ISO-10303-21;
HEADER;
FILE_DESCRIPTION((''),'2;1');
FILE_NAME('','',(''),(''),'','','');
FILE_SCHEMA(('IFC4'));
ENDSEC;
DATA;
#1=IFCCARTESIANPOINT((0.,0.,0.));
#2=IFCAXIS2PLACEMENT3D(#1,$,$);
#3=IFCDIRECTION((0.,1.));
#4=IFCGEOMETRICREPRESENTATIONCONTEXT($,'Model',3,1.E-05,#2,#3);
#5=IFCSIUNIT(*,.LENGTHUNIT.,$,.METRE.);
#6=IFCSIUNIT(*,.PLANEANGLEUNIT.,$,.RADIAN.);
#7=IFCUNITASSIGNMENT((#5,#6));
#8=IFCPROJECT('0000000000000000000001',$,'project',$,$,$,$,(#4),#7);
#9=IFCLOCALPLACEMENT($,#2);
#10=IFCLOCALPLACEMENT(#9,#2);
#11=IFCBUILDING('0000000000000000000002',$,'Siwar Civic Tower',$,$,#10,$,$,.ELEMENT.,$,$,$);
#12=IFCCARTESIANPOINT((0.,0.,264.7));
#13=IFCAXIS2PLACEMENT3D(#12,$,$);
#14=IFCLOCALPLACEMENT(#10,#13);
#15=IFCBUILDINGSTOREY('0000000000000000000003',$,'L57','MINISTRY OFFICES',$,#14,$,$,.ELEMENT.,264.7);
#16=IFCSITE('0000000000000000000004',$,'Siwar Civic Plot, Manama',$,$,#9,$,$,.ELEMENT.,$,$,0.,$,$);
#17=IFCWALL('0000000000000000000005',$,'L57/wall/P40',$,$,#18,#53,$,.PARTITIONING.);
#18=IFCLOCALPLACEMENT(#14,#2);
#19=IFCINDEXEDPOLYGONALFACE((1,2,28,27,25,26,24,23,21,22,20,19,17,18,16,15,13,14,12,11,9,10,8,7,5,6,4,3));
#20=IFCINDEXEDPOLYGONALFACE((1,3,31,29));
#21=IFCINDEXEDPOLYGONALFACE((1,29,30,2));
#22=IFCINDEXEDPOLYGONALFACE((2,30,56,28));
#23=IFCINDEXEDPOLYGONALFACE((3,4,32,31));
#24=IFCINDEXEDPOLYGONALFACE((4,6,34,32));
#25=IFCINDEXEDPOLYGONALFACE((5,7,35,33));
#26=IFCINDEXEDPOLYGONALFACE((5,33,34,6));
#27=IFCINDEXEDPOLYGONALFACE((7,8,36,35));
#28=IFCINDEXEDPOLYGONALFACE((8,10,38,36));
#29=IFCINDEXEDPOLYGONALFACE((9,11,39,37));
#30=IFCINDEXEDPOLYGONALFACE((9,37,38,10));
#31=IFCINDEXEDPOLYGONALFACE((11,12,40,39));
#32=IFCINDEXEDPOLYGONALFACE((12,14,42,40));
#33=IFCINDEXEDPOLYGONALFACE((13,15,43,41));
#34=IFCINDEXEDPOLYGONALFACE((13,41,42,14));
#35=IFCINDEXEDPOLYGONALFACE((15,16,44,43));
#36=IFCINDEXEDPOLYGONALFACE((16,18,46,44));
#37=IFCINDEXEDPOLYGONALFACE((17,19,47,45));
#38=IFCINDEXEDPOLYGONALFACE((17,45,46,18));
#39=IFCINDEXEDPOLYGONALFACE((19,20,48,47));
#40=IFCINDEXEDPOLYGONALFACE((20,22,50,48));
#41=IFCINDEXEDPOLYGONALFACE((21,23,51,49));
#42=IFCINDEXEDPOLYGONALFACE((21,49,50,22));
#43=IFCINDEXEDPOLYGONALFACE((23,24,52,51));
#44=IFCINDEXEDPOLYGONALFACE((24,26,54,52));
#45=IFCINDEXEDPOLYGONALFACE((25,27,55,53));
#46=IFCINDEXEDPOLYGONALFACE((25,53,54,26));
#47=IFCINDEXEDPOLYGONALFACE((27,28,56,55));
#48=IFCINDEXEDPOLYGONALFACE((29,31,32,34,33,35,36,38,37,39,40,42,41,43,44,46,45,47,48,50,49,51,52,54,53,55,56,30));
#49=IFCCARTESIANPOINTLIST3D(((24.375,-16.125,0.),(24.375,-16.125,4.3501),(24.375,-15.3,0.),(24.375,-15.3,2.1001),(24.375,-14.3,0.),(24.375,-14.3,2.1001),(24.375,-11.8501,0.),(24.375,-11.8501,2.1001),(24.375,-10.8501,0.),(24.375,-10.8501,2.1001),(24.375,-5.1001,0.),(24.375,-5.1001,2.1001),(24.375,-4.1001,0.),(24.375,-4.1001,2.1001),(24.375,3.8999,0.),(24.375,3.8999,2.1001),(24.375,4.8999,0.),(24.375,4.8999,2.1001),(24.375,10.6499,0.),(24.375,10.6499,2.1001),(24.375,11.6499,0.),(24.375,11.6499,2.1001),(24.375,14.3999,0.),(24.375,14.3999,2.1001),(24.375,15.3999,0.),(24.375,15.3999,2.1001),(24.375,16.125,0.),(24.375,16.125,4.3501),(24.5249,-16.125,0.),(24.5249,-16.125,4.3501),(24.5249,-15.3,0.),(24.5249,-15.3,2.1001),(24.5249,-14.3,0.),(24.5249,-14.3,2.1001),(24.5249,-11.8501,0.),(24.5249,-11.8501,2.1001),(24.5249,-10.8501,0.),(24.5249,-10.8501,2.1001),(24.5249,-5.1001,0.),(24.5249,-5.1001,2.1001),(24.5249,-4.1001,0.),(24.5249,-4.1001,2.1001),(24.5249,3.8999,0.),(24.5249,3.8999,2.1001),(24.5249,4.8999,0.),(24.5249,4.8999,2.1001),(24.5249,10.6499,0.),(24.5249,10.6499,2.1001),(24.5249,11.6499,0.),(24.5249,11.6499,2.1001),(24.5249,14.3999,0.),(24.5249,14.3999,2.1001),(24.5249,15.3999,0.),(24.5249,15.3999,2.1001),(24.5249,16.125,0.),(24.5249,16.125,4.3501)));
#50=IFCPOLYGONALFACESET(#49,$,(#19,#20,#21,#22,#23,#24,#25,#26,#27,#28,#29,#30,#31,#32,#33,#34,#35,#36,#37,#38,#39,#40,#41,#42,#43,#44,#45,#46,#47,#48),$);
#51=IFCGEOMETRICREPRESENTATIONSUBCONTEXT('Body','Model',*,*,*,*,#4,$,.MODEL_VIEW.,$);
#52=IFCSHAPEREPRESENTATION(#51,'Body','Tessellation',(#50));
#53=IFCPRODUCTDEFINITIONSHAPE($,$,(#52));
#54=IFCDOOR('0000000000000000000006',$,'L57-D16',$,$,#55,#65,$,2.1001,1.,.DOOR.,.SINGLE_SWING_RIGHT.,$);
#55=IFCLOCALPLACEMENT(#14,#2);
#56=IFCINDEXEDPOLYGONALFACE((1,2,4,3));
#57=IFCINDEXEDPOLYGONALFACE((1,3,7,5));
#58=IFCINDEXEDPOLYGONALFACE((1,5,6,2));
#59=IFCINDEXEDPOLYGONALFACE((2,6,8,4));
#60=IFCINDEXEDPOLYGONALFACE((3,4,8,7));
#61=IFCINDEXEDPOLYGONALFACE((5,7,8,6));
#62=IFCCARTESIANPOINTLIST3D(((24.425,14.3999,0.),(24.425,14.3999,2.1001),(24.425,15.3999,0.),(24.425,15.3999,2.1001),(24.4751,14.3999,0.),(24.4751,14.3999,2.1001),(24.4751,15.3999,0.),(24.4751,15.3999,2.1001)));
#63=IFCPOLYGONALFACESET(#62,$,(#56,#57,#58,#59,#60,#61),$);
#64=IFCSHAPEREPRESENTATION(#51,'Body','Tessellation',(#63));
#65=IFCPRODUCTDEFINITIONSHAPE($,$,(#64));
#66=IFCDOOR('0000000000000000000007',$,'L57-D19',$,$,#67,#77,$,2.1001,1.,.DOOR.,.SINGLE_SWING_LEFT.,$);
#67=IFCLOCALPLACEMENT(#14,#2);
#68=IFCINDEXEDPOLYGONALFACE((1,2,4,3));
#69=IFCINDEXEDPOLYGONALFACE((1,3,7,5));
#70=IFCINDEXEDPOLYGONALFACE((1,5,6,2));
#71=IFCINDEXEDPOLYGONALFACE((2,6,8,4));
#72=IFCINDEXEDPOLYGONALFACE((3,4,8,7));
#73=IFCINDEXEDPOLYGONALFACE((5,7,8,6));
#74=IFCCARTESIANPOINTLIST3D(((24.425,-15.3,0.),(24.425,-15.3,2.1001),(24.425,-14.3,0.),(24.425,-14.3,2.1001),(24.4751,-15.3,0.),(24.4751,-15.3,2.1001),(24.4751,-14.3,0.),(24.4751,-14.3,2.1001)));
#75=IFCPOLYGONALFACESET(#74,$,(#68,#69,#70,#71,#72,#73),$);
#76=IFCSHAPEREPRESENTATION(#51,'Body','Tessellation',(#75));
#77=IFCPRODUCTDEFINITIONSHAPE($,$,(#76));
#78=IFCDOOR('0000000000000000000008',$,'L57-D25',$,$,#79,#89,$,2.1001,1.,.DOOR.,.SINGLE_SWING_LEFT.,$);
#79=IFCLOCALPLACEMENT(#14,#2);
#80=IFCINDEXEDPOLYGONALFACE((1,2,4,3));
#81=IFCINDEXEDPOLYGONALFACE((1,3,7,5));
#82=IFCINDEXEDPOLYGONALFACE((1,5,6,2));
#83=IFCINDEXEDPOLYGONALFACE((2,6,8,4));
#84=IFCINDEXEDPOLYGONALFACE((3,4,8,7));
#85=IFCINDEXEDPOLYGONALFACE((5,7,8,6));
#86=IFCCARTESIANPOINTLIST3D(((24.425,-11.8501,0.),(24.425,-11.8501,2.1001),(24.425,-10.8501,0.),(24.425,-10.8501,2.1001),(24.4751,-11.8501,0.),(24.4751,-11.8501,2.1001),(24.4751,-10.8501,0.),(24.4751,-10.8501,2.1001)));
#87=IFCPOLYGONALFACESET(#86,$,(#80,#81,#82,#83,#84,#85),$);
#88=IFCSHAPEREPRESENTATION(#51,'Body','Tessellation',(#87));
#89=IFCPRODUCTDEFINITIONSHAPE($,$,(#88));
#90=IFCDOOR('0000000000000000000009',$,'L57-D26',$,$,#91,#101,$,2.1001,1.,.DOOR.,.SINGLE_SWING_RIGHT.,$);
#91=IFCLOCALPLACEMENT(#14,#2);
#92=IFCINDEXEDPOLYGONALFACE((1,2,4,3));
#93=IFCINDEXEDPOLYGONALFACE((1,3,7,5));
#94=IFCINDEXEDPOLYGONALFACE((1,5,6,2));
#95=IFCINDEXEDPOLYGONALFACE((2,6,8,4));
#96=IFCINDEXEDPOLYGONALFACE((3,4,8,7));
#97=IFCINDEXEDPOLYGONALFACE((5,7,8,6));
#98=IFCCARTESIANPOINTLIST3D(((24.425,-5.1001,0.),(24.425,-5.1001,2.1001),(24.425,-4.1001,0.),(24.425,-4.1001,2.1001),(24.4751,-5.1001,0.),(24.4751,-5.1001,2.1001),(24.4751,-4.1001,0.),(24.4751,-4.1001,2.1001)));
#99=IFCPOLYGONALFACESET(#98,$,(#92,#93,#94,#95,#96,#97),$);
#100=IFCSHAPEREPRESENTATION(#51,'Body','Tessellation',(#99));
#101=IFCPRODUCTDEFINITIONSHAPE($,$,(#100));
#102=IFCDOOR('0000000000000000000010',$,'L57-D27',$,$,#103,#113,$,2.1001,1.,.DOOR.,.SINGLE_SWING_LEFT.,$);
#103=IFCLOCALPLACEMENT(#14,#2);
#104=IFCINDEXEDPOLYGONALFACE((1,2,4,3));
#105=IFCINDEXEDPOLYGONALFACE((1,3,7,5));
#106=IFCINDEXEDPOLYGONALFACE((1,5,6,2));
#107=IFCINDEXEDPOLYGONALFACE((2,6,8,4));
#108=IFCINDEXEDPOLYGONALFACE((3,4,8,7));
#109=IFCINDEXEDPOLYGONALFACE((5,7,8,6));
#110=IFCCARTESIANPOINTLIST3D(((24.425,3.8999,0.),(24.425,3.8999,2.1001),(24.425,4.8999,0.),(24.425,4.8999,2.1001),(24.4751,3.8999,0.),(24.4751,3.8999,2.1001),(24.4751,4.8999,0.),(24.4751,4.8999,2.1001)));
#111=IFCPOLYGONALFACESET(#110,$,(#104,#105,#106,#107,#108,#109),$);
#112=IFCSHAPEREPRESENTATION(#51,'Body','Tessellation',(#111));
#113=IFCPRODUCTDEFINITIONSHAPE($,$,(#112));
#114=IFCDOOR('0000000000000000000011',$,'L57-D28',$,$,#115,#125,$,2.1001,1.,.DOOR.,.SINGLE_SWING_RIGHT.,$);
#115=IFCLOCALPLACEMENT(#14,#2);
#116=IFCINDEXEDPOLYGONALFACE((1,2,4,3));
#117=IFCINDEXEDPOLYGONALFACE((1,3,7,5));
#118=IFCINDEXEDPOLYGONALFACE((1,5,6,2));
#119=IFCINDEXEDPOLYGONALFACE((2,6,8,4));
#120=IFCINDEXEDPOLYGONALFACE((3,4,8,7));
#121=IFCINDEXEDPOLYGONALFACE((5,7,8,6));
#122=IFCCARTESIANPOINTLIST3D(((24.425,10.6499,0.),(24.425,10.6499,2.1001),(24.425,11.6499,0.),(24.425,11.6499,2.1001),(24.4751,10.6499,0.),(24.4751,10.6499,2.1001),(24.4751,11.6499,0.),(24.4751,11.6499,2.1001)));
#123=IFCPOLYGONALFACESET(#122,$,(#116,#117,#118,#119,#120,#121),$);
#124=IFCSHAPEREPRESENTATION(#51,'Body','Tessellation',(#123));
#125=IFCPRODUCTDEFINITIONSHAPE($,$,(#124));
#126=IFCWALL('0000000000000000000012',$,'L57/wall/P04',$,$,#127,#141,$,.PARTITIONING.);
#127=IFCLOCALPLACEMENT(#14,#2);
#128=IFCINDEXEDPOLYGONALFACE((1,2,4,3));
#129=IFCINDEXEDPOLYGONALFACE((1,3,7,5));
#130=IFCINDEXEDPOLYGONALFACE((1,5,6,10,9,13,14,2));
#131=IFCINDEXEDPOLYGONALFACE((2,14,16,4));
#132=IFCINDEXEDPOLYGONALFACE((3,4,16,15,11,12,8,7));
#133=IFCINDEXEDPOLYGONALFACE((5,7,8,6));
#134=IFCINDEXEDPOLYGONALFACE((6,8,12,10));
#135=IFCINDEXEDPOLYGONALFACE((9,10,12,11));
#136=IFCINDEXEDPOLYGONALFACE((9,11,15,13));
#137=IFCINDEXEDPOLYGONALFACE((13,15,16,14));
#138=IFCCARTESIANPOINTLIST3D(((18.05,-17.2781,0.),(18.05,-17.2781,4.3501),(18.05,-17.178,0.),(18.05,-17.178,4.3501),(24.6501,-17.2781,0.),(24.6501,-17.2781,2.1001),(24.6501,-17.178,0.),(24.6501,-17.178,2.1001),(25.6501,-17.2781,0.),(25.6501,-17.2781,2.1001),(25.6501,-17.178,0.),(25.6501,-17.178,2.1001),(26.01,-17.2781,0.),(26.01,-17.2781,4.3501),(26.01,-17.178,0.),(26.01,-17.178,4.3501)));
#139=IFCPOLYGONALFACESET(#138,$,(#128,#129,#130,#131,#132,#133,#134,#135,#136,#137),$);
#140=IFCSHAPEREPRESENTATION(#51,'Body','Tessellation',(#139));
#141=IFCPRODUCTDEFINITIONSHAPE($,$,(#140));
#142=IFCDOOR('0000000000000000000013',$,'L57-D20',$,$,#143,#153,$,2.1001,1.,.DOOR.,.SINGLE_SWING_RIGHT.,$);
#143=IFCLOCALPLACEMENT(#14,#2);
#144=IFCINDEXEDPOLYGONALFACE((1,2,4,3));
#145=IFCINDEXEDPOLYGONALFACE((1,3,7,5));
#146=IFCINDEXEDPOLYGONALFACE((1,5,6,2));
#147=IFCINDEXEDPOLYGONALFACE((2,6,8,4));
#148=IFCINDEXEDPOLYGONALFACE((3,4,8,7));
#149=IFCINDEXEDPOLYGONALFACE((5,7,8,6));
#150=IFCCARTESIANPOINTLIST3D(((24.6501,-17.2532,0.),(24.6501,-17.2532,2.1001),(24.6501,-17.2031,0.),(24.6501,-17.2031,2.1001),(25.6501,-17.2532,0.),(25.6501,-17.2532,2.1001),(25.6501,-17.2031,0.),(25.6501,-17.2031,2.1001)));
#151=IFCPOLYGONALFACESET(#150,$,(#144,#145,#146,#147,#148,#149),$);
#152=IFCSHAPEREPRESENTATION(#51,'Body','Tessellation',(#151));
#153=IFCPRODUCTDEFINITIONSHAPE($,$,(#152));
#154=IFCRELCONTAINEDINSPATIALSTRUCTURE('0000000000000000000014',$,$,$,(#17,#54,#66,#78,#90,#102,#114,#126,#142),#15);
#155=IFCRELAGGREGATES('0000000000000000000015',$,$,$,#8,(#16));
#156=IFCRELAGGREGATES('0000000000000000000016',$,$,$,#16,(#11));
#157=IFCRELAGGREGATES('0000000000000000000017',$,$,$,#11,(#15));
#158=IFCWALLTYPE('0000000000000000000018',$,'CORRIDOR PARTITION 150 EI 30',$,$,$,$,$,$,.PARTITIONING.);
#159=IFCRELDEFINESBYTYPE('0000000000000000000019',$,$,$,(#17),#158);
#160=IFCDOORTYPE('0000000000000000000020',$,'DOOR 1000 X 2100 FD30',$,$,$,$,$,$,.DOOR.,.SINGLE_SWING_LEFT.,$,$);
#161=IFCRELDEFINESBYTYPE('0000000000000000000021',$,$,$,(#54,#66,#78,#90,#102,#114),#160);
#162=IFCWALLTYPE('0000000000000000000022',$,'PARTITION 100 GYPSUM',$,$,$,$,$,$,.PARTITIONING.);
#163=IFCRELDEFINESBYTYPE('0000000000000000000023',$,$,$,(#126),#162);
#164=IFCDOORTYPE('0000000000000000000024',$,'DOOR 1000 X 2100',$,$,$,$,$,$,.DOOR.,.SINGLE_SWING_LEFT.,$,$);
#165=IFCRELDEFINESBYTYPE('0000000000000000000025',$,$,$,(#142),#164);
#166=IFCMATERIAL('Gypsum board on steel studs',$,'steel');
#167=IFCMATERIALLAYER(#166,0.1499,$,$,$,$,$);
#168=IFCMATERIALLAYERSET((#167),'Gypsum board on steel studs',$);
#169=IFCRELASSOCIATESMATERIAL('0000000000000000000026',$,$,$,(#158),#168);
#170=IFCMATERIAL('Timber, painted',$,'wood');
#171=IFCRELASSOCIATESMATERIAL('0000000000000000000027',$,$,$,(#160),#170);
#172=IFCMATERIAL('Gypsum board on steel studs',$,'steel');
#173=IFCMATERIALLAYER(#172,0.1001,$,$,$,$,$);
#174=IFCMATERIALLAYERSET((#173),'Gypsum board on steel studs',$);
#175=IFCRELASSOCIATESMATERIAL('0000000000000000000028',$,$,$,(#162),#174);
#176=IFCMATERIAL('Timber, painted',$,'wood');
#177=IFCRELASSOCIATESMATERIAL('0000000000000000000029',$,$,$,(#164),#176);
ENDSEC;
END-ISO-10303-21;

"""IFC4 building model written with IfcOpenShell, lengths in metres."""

from ifc_helpers import new_model, si_unit, direction, frame, frame_2d, origin, place, context, subcontext, project, spatial, rectangle, extrude, material, layer, layer_set, type_object, element, fill, save


model = new_model("IFC4")

# Units and contexts
model_context = context("Model", 3, precision=1e-05, world=origin(), true_north=direction((0.0, 1.0)))
body_context = subcontext(model_context, "Body", "Model", "MODEL_VIEW")
ifc_project = project(units=[si_unit("LENGTHUNIT", "METRE"), si_unit("PLANEANGLEUNIT", "RADIAN")], contexts=[model_context])

# Site, building, storey
site_placement = place(None, origin())
site = spatial("IfcSite", under=ifc_project, at=site_placement, Name="Siwar Civic Plot, Manama", CompositionType="ELEMENT", RefElevation=0.0)
building_placement = place(site_placement, origin())
building = spatial("IfcBuilding", under=site, at=building_placement, Name="Siwar Civic Tower", CompositionType="ELEMENT")
storey_placement = place(building_placement, frame((0.0, 0.0, 264.7)))
storey = spatial("IfcBuildingStorey", under=building, at=storey_placement, Name="L57", Description="MINISTRY OFFICES", CompositionType="ELEMENT", Elevation=264.7)

# Wall, openings, doors
ifc_material_1 = material(Name="Gypsum board on steel studs", Category="steel")
ifc_layer_1 = layer(ifc_material_1, 0.1499)
ifc_layer_set_1 = layer_set([ifc_layer_1], Name="Gypsum board on steel studs")
wall_type_1 = type_object("IfcWallType", Name="CORRIDOR PARTITION 150 EI 30", PredefinedType="PARTITIONING", material=ifc_layer_set_1)
wall_1_placement = place(storey_placement, frame((24.45, -16.125, 0.0), z_axis=(0.0, 0.0, 1.0), x_axis=(0.0, 1.0, 0.0)))
wall_1 = element("IfcWall", 1, at=wall_1_placement, inside=storey, type_object=wall_type_1, Name="L57/wall/P40", PredefinedType="PARTITIONING", context=body_context, shape_type="SweptSolid", body=[
    extrude(rectangle(XDim=32.25, YDim=0.1499, at=frame_2d((16.125, 0.0))), origin(), (0.0, 0.0, 1.0), 4.3501),
])
opening_1_placement = place(wall_1_placement, frame((30.5249, 0.0, 0.0)))
opening_1 = element("IfcOpeningElement", 2, at=opening_1_placement, cuts=wall_1, PredefinedType="OPENING", context=body_context, shape_type="SweptSolid", body=[
    extrude(rectangle(XDim=1.0, YDim=2.1001, at=frame_2d((0.5, 1.05))), frame((0.0, 0.085, 0.0), z_axis=(0.0, -1.0, 0.0), x_axis=(1.0, 0.0, 0.0)), (0.0, 0.0, 1.0), 0.1699),
])
opening_2_placement = place(wall_1_placement, frame((0.825, 0.0, 0.0)))
opening_2 = element("IfcOpeningElement", 3, at=opening_2_placement, cuts=wall_1, PredefinedType="OPENING", context=body_context, shape_type="SweptSolid", body=[
    extrude(rectangle(XDim=1.0, YDim=2.1001, at=frame_2d((0.5, 1.05))), frame((0.0, 0.085, 0.0), z_axis=(0.0, -1.0, 0.0), x_axis=(1.0, 0.0, 0.0)), (0.0, 0.0, 1.0), 0.1699),
])
opening_3_placement = place(wall_1_placement, frame((4.2749, 0.0, 0.0)))
opening_3 = element("IfcOpeningElement", 4, at=opening_3_placement, cuts=wall_1, PredefinedType="OPENING", context=body_context, shape_type="SweptSolid", body=[
    extrude(rectangle(XDim=1.0, YDim=2.1001, at=frame_2d((0.5, 1.05))), frame((0.0, 0.085, 0.0), z_axis=(0.0, -1.0, 0.0), x_axis=(1.0, 0.0, 0.0)), (0.0, 0.0, 1.0), 0.1699),
])
opening_4_placement = place(wall_1_placement, frame((11.0249, 0.0, 0.0)))
opening_4 = element("IfcOpeningElement", 5, at=opening_4_placement, cuts=wall_1, PredefinedType="OPENING", context=body_context, shape_type="SweptSolid", body=[
    extrude(rectangle(XDim=1.0, YDim=2.1001, at=frame_2d((0.5, 1.05))), frame((0.0, 0.085, 0.0), z_axis=(0.0, -1.0, 0.0), x_axis=(1.0, 0.0, 0.0)), (0.0, 0.0, 1.0), 0.1699),
])
opening_5_placement = place(wall_1_placement, frame((20.0249, 0.0, 0.0)))
opening_5 = element("IfcOpeningElement", 6, at=opening_5_placement, cuts=wall_1, PredefinedType="OPENING", context=body_context, shape_type="SweptSolid", body=[
    extrude(rectangle(XDim=1.0, YDim=2.1001, at=frame_2d((0.5, 1.05))), frame((0.0, 0.085, 0.0), z_axis=(0.0, -1.0, 0.0), x_axis=(1.0, 0.0, 0.0)), (0.0, 0.0, 1.0), 0.1699),
])
opening_6_placement = place(wall_1_placement, frame((26.7749, 0.0, 0.0)))
opening_6 = element("IfcOpeningElement", 7, at=opening_6_placement, cuts=wall_1, PredefinedType="OPENING", context=body_context, shape_type="SweptSolid", body=[
    extrude(rectangle(XDim=1.0, YDim=2.1001, at=frame_2d((0.5, 1.05))), frame((0.0, 0.085, 0.0), z_axis=(0.0, -1.0, 0.0), x_axis=(1.0, 0.0, 0.0)), (0.0, 0.0, 1.0), 0.1699),
])
ifc_material_2 = material(Name="Timber, painted", Category="wood")
door_type_1 = type_object("IfcDoorType", Name="DOOR 1000 X 2100 FD30", OperationType="SINGLE_SWING_LEFT", PredefinedType="DOOR", material=ifc_material_2)
door_1_placement = place(opening_1_placement, origin())
door_1 = element("IfcDoor", 8, at=door_1_placement, inside=storey, type_object=door_type_1, Name="L57-D16", OperationType="SINGLE_SWING_RIGHT", OverallHeight=2.1001, OverallWidth=1.0, PredefinedType="DOOR", context=body_context, shape_type="SweptSolid", body=[
    extrude(rectangle(XDim=1.0, YDim=2.1001, at=frame_2d((0.5, 1.05))), frame((0.0, 0.0249, 0.0), z_axis=(0.0, -1.0, 0.0), x_axis=(1.0, 0.0, 0.0)), (0.0, 0.0, 1.0), 0.05),
])
fill(opening_1, door_1)
door_2_placement = place(opening_2_placement, origin())
door_2 = element("IfcDoor", 9, at=door_2_placement, inside=storey, type_object=door_type_1, Name="L57-D19", OperationType="SINGLE_SWING_LEFT", OverallHeight=2.1001, OverallWidth=1.0, PredefinedType="DOOR", context=body_context, shape_type="SweptSolid", body=[
    extrude(rectangle(XDim=1.0, YDim=2.1001, at=frame_2d((0.5, 1.05))), frame((0.0, 0.0249, 0.0), z_axis=(0.0, -1.0, 0.0), x_axis=(1.0, 0.0, 0.0)), (0.0, 0.0, 1.0), 0.05),
])
fill(opening_2, door_2)
door_3_placement = place(opening_3_placement, origin())
door_3 = element("IfcDoor", 10, at=door_3_placement, inside=storey, type_object=door_type_1, Name="L57-D25", OperationType="SINGLE_SWING_LEFT", OverallHeight=2.1001, OverallWidth=1.0, PredefinedType="DOOR", context=body_context, shape_type="SweptSolid", body=[
    extrude(rectangle(XDim=1.0, YDim=2.1001, at=frame_2d((0.5, 1.05))), frame((0.0, 0.0249, 0.0), z_axis=(0.0, -1.0, 0.0), x_axis=(1.0, 0.0, 0.0)), (0.0, 0.0, 1.0), 0.05),
])
fill(opening_3, door_3)
door_4_placement = place(opening_4_placement, origin())
door_4 = element("IfcDoor", 11, at=door_4_placement, inside=storey, type_object=door_type_1, Name="L57-D26", OperationType="SINGLE_SWING_RIGHT", OverallHeight=2.1001, OverallWidth=1.0, PredefinedType="DOOR", context=body_context, shape_type="SweptSolid", body=[
    extrude(rectangle(XDim=1.0, YDim=2.1001, at=frame_2d((0.5, 1.05))), frame((0.0, 0.0249, 0.0), z_axis=(0.0, -1.0, 0.0), x_axis=(1.0, 0.0, 0.0)), (0.0, 0.0, 1.0), 0.05),
])
fill(opening_4, door_4)
door_5_placement = place(opening_5_placement, origin())
door_5 = element("IfcDoor", 12, at=door_5_placement, inside=storey, type_object=door_type_1, Name="L57-D27", OperationType="SINGLE_SWING_LEFT", OverallHeight=2.1001, OverallWidth=1.0, PredefinedType="DOOR", context=body_context, shape_type="SweptSolid", body=[
    extrude(rectangle(XDim=1.0, YDim=2.1001, at=frame_2d((0.5, 1.05))), frame((0.0, 0.0249, 0.0), z_axis=(0.0, -1.0, 0.0), x_axis=(1.0, 0.0, 0.0)), (0.0, 0.0, 1.0), 0.05),
])
fill(opening_5, door_5)
door_6_placement = place(opening_6_placement, origin())
door_6 = element("IfcDoor", 13, at=door_6_placement, inside=storey, type_object=door_type_1, Name="L57-D28", OperationType="SINGLE_SWING_RIGHT", OverallHeight=2.1001, OverallWidth=1.0, PredefinedType="DOOR", context=body_context, shape_type="SweptSolid", body=[
    extrude(rectangle(XDim=1.0, YDim=2.1001, at=frame_2d((0.5, 1.05))), frame((0.0, 0.0249, 0.0), z_axis=(0.0, -1.0, 0.0), x_axis=(1.0, 0.0, 0.0)), (0.0, 0.0, 1.0), 0.05),
])
fill(opening_6, door_6)

# Wall, opening, door
ifc_material_3 = material(Name="Gypsum board on steel studs", Category="steel")
ifc_layer_2 = layer(ifc_material_3, 0.1001)
ifc_layer_set_2 = layer_set([ifc_layer_2], Name="Gypsum board on steel studs")
wall_type_2 = type_object("IfcWallType", Name="PARTITION 100 GYPSUM", PredefinedType="PARTITIONING", material=ifc_layer_set_2)
wall_2_placement = place(storey_placement, frame((18.05, -17.228, 0.0), z_axis=(0.0, 0.0, 1.0), x_axis=(1.0, 0.0, 0.0)))
wall_2 = element("IfcWall", 14, at=wall_2_placement, inside=storey, type_object=wall_type_2, Name="L57/wall/P04", PredefinedType="PARTITIONING", context=body_context, shape_type="SweptSolid", body=[
    extrude(rectangle(XDim=7.96, YDim=0.1001, at=frame_2d((3.98, 0.0))), origin(), (0.0, 0.0, 1.0), 4.3501),
])
opening_7_placement = place(wall_2_placement, frame((6.6001, 0.0, 0.0)))
opening_7 = element("IfcOpeningElement", 15, at=opening_7_placement, cuts=wall_2, PredefinedType="OPENING", context=body_context, shape_type="SweptSolid", body=[
    extrude(rectangle(XDim=1.0, YDim=2.1001, at=frame_2d((0.5, 1.05))), frame((0.0, 0.0601, 0.0), z_axis=(0.0, -1.0, 0.0), x_axis=(1.0, 0.0, 0.0)), (0.0, 0.0, 1.0), 0.1201),
])
ifc_material_4 = material(Name="Timber, painted", Category="wood")
door_type_2 = type_object("IfcDoorType", Name="DOOR 1000 X 2100", OperationType="SINGLE_SWING_LEFT", PredefinedType="DOOR", material=ifc_material_4)
door_7_placement = place(opening_7_placement, origin())
door_7 = element("IfcDoor", 16, at=door_7_placement, inside=storey, type_object=door_type_2, Name="L57-D20", OperationType="SINGLE_SWING_RIGHT", OverallHeight=2.1001, OverallWidth=1.0, PredefinedType="DOOR", context=body_context, shape_type="SweptSolid", body=[
    extrude(rectangle(XDim=1.0, YDim=2.1001, at=frame_2d((0.5, 1.05))), frame((0.0, 0.0249, 0.0), z_axis=(0.0, -1.0, 0.0), x_axis=(1.0, 0.0, 0.0)), (0.0, 0.0, 1.0), 0.05),
])
fill(opening_7, door_7)

save(model, "model.ifc")
